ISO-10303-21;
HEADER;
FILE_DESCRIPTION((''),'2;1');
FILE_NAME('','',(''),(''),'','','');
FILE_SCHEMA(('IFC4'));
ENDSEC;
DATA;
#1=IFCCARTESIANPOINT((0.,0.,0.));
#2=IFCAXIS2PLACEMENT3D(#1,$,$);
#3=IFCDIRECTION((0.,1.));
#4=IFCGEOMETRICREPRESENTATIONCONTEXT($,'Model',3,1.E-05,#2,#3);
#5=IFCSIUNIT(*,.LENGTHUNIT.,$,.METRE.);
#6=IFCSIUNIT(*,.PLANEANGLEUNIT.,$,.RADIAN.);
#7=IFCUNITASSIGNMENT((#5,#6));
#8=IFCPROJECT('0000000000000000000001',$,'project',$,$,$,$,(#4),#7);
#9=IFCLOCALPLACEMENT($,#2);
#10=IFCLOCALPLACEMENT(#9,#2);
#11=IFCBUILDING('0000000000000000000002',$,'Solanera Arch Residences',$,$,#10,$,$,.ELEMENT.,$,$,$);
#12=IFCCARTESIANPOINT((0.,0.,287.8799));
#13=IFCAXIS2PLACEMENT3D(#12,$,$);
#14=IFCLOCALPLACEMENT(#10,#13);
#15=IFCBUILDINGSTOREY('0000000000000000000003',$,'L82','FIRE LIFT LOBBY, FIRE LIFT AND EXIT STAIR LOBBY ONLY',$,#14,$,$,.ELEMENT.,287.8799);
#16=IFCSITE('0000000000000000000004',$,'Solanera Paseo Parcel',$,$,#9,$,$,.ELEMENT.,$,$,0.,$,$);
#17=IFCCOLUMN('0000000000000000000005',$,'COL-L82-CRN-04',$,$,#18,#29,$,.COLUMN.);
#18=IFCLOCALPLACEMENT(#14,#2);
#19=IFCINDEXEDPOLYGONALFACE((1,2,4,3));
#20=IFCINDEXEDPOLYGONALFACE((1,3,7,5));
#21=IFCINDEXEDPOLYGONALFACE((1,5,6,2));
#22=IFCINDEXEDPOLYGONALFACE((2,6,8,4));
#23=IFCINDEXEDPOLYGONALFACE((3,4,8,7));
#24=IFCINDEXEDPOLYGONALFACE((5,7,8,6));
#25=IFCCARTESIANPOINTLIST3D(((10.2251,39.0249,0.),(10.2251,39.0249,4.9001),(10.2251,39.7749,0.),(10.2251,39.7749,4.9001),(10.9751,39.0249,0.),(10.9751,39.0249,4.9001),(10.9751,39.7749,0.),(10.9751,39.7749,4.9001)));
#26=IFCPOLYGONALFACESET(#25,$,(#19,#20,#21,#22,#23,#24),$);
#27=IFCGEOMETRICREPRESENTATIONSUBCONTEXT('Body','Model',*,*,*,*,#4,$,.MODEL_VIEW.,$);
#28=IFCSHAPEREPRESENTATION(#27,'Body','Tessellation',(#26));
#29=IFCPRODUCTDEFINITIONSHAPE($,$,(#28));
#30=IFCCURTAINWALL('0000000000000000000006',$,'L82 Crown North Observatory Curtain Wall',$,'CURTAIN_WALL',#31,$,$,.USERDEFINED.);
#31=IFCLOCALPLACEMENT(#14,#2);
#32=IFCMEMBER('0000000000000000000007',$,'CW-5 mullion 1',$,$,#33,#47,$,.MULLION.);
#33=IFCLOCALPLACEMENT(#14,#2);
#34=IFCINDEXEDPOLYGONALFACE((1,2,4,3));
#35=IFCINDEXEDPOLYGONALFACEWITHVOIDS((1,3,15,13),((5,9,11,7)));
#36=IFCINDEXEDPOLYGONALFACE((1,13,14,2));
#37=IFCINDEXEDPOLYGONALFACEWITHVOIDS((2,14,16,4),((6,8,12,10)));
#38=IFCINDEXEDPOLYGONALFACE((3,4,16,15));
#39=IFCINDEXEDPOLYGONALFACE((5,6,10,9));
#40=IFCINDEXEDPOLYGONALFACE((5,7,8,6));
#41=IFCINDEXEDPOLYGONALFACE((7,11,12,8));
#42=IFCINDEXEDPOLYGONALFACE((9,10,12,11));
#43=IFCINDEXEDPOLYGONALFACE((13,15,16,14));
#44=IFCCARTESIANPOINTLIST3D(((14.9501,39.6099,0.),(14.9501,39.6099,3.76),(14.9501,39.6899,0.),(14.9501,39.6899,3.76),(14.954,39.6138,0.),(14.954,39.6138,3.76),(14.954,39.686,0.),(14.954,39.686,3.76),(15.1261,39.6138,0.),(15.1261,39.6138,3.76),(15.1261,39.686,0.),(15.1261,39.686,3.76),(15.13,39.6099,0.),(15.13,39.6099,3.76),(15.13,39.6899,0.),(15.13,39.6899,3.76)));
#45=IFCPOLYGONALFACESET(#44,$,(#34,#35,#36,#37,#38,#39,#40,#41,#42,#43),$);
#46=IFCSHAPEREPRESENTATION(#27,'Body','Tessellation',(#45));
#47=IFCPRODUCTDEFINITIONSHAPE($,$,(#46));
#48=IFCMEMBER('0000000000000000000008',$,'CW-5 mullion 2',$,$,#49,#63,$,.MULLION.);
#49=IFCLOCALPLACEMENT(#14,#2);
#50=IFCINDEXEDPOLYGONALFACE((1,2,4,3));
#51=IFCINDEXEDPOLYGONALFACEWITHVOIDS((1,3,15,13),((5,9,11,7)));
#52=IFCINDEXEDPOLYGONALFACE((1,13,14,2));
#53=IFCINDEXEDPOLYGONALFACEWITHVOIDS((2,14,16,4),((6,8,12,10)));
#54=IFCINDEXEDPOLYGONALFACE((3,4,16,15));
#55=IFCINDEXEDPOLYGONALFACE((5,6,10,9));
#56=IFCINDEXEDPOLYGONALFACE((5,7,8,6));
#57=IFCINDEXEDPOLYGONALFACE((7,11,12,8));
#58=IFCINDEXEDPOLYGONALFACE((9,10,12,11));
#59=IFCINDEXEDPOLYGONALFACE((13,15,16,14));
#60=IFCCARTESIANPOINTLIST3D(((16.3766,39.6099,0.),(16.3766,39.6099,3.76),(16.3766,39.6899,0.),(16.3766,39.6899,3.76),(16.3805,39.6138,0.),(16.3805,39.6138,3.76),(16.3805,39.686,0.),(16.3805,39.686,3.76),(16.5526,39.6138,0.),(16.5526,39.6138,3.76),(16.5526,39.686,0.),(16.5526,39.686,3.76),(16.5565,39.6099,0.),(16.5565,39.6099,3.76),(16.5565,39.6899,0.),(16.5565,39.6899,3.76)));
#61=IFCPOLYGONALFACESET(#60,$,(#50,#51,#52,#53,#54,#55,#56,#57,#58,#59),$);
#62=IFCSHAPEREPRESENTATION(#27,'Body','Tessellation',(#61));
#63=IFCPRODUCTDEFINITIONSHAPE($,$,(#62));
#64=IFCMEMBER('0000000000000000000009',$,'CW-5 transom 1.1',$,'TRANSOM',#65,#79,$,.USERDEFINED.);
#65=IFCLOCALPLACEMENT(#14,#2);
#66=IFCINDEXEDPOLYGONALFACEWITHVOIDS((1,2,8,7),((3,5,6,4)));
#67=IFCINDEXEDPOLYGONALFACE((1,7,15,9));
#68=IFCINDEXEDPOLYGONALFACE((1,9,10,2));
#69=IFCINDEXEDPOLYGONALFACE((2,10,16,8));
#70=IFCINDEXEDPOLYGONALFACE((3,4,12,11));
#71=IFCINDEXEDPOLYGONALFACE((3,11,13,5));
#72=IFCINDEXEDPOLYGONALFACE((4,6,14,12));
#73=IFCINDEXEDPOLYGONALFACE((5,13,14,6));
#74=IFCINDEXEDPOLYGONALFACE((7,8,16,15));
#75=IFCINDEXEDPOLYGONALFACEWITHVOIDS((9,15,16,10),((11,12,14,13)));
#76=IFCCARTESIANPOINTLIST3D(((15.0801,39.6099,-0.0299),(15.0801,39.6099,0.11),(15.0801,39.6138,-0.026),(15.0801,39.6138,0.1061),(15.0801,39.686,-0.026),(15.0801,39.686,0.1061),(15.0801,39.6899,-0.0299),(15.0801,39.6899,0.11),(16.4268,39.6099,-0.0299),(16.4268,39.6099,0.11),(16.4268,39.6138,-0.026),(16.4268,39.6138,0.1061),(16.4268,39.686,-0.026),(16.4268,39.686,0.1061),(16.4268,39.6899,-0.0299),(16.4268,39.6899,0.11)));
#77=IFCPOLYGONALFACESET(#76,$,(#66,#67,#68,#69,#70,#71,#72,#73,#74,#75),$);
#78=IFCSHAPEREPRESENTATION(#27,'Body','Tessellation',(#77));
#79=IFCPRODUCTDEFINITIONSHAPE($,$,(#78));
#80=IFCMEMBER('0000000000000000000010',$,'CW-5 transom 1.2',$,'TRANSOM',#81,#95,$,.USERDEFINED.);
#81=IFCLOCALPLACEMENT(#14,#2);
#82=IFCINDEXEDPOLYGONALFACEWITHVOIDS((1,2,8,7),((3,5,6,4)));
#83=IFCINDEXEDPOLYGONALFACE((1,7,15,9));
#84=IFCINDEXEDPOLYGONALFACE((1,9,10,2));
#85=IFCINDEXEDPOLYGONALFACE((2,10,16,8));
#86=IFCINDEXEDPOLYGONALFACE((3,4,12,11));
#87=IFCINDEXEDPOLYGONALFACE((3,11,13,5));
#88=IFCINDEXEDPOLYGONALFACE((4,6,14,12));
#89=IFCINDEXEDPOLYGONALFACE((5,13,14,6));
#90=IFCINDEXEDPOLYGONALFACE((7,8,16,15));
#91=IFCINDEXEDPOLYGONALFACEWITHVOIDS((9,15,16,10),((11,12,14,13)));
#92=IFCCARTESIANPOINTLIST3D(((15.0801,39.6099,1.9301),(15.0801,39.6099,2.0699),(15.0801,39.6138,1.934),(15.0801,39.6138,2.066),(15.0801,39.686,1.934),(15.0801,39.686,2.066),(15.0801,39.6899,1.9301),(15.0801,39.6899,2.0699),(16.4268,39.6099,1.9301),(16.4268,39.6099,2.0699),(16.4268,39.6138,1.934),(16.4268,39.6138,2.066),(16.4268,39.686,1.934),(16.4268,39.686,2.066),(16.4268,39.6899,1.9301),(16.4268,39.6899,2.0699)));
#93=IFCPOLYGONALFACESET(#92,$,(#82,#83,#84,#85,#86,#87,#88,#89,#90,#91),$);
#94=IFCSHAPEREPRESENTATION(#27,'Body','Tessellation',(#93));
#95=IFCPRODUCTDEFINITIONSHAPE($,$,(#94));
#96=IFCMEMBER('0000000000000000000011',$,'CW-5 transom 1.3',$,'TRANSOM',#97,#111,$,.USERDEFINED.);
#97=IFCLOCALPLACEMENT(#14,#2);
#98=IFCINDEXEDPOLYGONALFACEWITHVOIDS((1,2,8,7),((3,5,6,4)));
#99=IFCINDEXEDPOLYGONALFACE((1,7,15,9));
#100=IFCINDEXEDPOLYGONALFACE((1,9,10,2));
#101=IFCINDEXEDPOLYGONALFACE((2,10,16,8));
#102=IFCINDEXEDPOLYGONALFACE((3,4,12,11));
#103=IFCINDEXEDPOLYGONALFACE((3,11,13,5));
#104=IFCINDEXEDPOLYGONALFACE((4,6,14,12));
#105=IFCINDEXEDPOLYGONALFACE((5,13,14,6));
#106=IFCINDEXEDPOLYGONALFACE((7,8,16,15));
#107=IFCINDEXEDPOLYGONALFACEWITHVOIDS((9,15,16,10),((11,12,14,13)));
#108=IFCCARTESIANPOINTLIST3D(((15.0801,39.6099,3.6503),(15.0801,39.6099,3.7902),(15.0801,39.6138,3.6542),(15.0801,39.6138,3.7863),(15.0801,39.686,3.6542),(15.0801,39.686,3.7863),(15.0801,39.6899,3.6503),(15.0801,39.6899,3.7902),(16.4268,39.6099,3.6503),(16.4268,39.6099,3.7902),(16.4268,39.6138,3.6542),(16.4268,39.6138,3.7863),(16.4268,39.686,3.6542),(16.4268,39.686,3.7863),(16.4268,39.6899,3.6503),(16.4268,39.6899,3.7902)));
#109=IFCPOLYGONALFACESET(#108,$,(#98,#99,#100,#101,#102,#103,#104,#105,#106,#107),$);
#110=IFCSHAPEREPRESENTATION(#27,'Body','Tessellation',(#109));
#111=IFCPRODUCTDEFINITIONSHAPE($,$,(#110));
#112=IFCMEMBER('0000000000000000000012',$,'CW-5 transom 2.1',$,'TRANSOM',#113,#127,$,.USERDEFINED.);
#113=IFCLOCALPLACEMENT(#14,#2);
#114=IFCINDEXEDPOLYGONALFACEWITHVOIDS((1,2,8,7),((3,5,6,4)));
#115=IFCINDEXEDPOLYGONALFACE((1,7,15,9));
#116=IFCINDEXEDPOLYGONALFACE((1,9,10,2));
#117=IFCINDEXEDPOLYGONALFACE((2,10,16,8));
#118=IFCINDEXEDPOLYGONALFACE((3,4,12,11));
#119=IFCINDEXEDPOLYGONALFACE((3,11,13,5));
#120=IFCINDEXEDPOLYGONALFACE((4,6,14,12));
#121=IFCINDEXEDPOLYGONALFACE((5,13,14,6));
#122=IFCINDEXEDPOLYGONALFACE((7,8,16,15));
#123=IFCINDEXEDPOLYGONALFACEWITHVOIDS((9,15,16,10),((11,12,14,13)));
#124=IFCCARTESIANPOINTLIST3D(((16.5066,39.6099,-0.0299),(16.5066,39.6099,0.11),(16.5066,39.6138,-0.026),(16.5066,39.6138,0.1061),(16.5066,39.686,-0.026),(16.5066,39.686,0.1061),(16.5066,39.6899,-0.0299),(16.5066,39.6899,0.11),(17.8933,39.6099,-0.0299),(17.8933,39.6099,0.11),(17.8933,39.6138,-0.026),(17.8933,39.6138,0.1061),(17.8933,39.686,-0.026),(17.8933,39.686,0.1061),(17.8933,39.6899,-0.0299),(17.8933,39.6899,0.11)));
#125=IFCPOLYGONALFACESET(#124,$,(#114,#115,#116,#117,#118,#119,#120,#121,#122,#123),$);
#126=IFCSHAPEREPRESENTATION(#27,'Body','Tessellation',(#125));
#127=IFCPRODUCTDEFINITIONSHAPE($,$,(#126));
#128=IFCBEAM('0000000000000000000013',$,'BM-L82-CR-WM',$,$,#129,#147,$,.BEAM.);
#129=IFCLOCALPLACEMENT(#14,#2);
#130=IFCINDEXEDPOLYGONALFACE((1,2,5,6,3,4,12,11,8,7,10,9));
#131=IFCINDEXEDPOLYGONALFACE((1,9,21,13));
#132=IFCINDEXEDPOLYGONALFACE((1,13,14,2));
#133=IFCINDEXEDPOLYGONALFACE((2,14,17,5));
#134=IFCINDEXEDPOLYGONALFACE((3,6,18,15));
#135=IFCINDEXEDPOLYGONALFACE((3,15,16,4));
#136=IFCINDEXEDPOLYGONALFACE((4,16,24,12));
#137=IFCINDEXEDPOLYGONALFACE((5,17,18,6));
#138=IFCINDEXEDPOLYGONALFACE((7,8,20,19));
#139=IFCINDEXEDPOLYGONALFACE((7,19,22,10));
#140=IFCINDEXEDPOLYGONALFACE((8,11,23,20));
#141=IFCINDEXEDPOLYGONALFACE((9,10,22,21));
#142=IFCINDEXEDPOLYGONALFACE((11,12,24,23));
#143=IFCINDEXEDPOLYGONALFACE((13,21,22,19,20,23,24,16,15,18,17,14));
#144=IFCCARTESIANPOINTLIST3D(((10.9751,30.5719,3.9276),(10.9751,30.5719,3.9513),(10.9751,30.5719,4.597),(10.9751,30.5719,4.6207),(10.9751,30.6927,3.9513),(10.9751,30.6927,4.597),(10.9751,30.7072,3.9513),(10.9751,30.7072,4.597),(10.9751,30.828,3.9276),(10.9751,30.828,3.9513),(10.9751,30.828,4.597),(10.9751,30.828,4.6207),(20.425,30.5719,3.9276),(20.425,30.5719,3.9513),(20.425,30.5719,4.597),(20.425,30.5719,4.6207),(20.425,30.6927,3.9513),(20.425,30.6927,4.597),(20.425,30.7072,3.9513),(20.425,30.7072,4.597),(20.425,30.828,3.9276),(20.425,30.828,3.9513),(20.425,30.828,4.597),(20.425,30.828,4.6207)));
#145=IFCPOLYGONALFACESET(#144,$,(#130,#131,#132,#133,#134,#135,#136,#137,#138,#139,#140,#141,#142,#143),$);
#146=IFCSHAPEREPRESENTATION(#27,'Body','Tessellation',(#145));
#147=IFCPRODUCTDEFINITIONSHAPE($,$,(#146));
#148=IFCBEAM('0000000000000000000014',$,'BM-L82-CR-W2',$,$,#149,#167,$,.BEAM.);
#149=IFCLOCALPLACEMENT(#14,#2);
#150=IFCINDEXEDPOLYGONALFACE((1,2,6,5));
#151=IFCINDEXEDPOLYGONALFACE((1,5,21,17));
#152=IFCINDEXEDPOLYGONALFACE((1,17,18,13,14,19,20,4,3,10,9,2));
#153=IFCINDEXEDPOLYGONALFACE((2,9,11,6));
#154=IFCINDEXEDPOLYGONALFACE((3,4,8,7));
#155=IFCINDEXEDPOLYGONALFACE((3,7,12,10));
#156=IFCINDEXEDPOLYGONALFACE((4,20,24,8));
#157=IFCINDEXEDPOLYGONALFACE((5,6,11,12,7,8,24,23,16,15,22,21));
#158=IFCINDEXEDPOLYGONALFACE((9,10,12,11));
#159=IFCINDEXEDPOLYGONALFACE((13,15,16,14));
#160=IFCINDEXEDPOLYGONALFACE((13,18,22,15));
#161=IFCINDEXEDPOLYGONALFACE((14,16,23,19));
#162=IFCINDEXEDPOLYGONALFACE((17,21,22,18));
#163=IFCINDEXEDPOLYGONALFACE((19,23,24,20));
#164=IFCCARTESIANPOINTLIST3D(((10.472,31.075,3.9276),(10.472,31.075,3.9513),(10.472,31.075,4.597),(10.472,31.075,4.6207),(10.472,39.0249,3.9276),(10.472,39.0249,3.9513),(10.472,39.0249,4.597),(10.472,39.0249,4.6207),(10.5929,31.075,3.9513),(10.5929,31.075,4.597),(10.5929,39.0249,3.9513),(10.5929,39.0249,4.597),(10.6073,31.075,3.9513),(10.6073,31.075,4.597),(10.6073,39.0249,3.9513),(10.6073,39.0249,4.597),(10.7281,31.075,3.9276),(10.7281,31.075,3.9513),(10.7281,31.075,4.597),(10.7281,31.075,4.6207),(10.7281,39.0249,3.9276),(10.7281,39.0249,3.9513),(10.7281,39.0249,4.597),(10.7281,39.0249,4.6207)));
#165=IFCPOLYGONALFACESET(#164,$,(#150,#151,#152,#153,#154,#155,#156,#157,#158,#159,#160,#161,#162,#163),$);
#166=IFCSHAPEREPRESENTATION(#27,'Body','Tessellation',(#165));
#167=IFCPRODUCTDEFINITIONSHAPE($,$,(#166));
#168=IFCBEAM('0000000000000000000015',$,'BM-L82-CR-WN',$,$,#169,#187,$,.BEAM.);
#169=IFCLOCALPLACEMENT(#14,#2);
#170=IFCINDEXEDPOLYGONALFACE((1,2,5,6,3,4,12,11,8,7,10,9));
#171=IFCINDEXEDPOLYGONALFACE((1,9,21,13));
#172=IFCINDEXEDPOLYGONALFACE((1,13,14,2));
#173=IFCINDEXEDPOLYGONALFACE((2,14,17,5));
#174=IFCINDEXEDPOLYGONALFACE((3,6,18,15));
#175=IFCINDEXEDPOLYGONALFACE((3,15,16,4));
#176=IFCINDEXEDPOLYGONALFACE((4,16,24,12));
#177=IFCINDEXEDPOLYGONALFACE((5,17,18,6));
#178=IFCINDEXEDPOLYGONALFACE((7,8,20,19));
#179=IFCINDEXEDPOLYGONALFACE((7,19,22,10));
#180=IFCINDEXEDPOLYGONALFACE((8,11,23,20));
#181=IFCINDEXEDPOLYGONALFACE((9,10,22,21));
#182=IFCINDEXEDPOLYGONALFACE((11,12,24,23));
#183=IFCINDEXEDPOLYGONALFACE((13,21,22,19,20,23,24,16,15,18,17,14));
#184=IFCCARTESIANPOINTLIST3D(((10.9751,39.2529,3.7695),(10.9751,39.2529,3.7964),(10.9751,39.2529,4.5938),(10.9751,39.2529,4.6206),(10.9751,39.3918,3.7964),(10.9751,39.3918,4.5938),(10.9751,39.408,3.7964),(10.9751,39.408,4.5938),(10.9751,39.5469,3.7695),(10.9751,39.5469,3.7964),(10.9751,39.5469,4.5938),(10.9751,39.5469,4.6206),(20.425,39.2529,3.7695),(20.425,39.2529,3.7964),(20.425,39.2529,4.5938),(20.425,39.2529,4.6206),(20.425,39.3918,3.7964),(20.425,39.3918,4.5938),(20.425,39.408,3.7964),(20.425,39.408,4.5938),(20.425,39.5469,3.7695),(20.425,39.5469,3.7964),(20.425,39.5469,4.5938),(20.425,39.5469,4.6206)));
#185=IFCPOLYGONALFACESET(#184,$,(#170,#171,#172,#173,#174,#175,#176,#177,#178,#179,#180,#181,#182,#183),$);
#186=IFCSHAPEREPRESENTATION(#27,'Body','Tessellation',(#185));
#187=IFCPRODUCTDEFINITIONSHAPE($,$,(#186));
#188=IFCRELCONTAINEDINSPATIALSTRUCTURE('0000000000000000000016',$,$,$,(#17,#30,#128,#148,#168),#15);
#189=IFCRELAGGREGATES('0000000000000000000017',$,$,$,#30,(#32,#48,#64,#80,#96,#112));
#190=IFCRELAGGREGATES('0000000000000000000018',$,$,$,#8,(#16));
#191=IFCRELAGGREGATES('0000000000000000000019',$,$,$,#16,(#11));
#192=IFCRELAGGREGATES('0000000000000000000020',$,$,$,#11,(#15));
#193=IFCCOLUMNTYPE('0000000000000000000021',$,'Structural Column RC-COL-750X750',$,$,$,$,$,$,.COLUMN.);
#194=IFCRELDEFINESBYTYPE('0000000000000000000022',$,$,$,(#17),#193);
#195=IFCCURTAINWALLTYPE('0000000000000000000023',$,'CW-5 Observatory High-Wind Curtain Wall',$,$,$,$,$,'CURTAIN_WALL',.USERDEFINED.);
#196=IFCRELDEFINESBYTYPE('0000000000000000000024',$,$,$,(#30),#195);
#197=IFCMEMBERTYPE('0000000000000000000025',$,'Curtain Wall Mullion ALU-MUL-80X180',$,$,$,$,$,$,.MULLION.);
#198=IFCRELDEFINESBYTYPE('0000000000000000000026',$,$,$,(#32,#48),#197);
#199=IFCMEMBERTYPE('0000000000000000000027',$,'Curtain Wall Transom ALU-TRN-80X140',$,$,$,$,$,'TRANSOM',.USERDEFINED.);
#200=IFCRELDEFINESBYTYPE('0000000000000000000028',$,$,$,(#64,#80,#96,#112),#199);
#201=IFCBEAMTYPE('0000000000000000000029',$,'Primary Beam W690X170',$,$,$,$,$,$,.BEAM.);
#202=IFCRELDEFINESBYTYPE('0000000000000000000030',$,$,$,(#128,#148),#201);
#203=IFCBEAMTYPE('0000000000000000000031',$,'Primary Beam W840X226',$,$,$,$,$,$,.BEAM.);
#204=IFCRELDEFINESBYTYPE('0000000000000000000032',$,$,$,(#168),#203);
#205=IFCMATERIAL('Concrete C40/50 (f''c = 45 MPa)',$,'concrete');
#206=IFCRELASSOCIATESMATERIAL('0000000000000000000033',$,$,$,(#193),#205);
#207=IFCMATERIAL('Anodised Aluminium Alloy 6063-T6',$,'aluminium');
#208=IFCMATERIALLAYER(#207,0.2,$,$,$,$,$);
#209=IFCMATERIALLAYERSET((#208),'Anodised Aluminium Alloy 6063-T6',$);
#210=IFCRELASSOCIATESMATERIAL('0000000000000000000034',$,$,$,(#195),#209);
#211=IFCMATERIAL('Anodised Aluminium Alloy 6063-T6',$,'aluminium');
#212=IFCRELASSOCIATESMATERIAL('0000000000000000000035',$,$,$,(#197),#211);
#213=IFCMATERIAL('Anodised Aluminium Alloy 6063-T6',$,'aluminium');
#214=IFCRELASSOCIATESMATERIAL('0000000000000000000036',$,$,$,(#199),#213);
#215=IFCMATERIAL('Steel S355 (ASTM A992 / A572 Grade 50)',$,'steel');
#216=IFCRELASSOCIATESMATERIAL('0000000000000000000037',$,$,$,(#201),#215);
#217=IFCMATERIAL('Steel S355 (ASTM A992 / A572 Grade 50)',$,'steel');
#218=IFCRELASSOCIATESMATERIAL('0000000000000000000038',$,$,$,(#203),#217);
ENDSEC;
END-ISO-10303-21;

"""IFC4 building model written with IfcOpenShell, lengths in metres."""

from ifc_helpers import new_model, si_unit, direction, frame, origin, origin_2d, place, context, subcontext, project, spatial, rectangle, hollow_rectangle, i_section, extrude, material, layer, layer_set, material_profile, profile_set, type_object, element, aggregate, save


model = new_model("IFC4")

# Units and contexts
model_context = context("Model", 3, precision=1e-05, world=origin(), true_north=direction((0.0, 1.0)))
body_context = subcontext(model_context, "Body", "Model", "MODEL_VIEW")
ifc_project = project(units=[si_unit("LENGTHUNIT", "METRE"), si_unit("PLANEANGLEUNIT", "RADIAN")], contexts=[model_context])

# Site, building, storey
site_placement = place(None, origin())
site = spatial("IfcSite", under=ifc_project, at=site_placement, Name="Solanera Paseo Parcel", CompositionType="ELEMENT", RefElevation=0.0)
building_placement = place(site_placement, origin())
building = spatial("IfcBuilding", under=site, at=building_placement, Name="Solanera Arch Residences", CompositionType="ELEMENT")
storey_placement = place(building_placement, frame((0.0, 0.0, 287.8799)))
storey = spatial("IfcBuildingStorey", under=building, at=storey_placement, Name="L82", Description="FIRE LIFT LOBBY, FIRE LIFT AND EXIT STAIR LOBBY ONLY", CompositionType="ELEMENT", Elevation=287.8799)

# Column
ifc_material_1 = material(Name="Concrete C40/50 (f'c = 45 MPa)", Category="concrete")
ifc_material_profile_1 = material_profile(ifc_material_1, rectangle(XDim=0.75, YDim=0.75, at=origin_2d()))
ifc_profile_set_1 = profile_set([ifc_material_profile_1], Name="Concrete C40/50 (f'c = 45 MPa)")
column_type = type_object("IfcColumnType", Name="Structural Column RC-COL-750X750", PredefinedType="COLUMN", material=ifc_profile_set_1)
column_placement = place(storey_placement, frame((10.6001, 39.3999, 0.0), z_axis=(0.0, 0.0, 1.0), x_axis=(1.0, 0.0, 0.0)))
element("IfcColumn", 1, at=column_placement, inside=storey, type_object=column_type, Name="COL-L82-CRN-04", PredefinedType="COLUMN", context=body_context, shape_type="SweptSolid", body=[
    extrude(rectangle(XDim=0.75, YDim=0.75, at=origin_2d()), origin(), (0.0, 0.0, 1.0), 4.9001),
])

# Curtain wall, members
ifc_material_2 = material(Name="Anodised Aluminium Alloy 6063-T6", Category="aluminium")
ifc_layer_1 = layer(ifc_material_2, 0.2)
ifc_layer_set_1 = layer_set([ifc_layer_1], Name="Anodised Aluminium Alloy 6063-T6")
curtain_wall_type = type_object("IfcCurtainWallType", Name="CW-5 Observatory High-Wind Curtain Wall", ElementType="CURTAIN_WALL", PredefinedType="USERDEFINED", material=ifc_layer_set_1)
curtain_wall_placement = place(storey_placement, origin())
curtain_wall = element("IfcCurtainWall", 2, at=curtain_wall_placement, inside=storey, type_object=curtain_wall_type, Name="L82 Crown North Observatory Curtain Wall", ObjectType="CURTAIN_WALL", PredefinedType="USERDEFINED")
ifc_material_3 = material(Name="Anodised Aluminium Alloy 6063-T6", Category="aluminium")
ifc_material_profile_2 = material_profile(ifc_material_3, hollow_rectangle(XDim=0.0801, YDim=0.1799, WallThickness=0.0039, at=origin_2d()))
ifc_profile_set_2 = profile_set([ifc_material_profile_2], Name="Anodised Aluminium Alloy 6063-T6")
member_type_1 = type_object("IfcMemberType", Name="Curtain Wall Mullion ALU-MUL-80X180", PredefinedType="MULLION", material=ifc_profile_set_2)
member_1_placement = place(storey_placement, frame((15.04, 39.6499, 0.0), z_axis=(0.0, 0.0, 1.0), x_axis=(0.0, 1.0, 0.0)))
member_1 = element("IfcMember", 3, at=member_1_placement, type_object=member_type_1, Name="CW-5 mullion 1", PredefinedType="MULLION", context=body_context, shape_type="SweptSolid", body=[
    extrude(hollow_rectangle(XDim=0.0801, YDim=0.1799, WallThickness=0.0039, at=origin_2d()), origin(), (0.0, 0.0, 1.0), 3.76),
])
member_2_placement = place(storey_placement, frame((16.4666, 39.6499, 0.0), z_axis=(0.0, 0.0, 1.0), x_axis=(0.0, 1.0, 0.0)))
member_2 = element("IfcMember", 4, at=member_2_placement, type_object=member_type_1, Name="CW-5 mullion 2", PredefinedType="MULLION", context=body_context, shape_type="SweptSolid", body=[
    extrude(hollow_rectangle(XDim=0.0801, YDim=0.1799, WallThickness=0.0039, at=origin_2d()), origin(), (0.0, 0.0, 1.0), 3.76),
])
ifc_material_4 = material(Name="Anodised Aluminium Alloy 6063-T6", Category="aluminium")
ifc_material_profile_3 = material_profile(ifc_material_4, hollow_rectangle(XDim=0.0801, YDim=0.1399, WallThickness=0.0039, at=origin_2d()))
ifc_profile_set_3 = profile_set([ifc_material_profile_3], Name="Anodised Aluminium Alloy 6063-T6")
member_type_2 = type_object("IfcMemberType", Name="Curtain Wall Transom ALU-TRN-80X140", ElementType="TRANSOM", PredefinedType="USERDEFINED", material=ifc_profile_set_3)
member_3_placement = place(storey_placement, frame((15.0801, 39.6499, 0.04), z_axis=(1.0, 0.0, 0.0), x_axis=(0.0, 1.0, 0.0)))
member_3 = element("IfcMember", 5, at=member_3_placement, type_object=member_type_2, Name="CW-5 transom 1.1", ObjectType="TRANSOM", PredefinedType="USERDEFINED", context=body_context, shape_type="SweptSolid", body=[
    extrude(hollow_rectangle(XDim=0.0801, YDim=0.1399, WallThickness=0.0039, at=origin_2d()), origin(), (0.0, 0.0, 1.0), 1.3467),
])
member_4_placement = place(storey_placement, frame((15.0801, 39.6499, 2.0), z_axis=(1.0, 0.0, 0.0), x_axis=(0.0, 1.0, 0.0)))
member_4 = element("IfcMember", 6, at=member_4_placement, type_object=member_type_2, Name="CW-5 transom 1.2", ObjectType="TRANSOM", PredefinedType="USERDEFINED", context=body_context, shape_type="SweptSolid", body=[
    extrude(hollow_rectangle(XDim=0.0801, YDim=0.1399, WallThickness=0.0039, at=origin_2d()), origin(), (0.0, 0.0, 1.0), 1.3467),
])
member_5_placement = place(storey_placement, frame((15.0801, 39.6499, 3.7202), z_axis=(1.0, 0.0, 0.0), x_axis=(0.0, 1.0, 0.0)))
member_5 = element("IfcMember", 7, at=member_5_placement, type_object=member_type_2, Name="CW-5 transom 1.3", ObjectType="TRANSOM", PredefinedType="USERDEFINED", context=body_context, shape_type="SweptSolid", body=[
    extrude(hollow_rectangle(XDim=0.0801, YDim=0.1399, WallThickness=0.0039, at=origin_2d()), origin(), (0.0, 0.0, 1.0), 1.3467),
])
member_6_placement = place(storey_placement, frame((16.5066, 39.6499, 0.04), z_axis=(1.0, 0.0, 0.0), x_axis=(0.0, 1.0, 0.0)))
member_6 = element("IfcMember", 8, at=member_6_placement, type_object=member_type_2, Name="CW-5 transom 2.1", ObjectType="TRANSOM", PredefinedType="USERDEFINED", context=body_context, shape_type="SweptSolid", body=[
    extrude(hollow_rectangle(XDim=0.0801, YDim=0.1399, WallThickness=0.0039, at=origin_2d()), origin(), (0.0, 0.0, 1.0), 1.3867),
])

# Beams
ifc_material_5 = material(Name="Steel S355 (ASTM A992 / A572 Grade 50)", Category="steel")
ifc_material_profile_4 = material_profile(ifc_material_5, i_section(OverallWidth=0.2561, OverallDepth=0.6931, WebThickness=0.0144, FlangeThickness=0.0237, at=origin_2d()))
ifc_profile_set_4 = profile_set([ifc_material_profile_4], Name="Steel S355 (ASTM A992 / A572 Grade 50)")
beam_type_1 = type_object("IfcBeamType", Name="Primary Beam W690X170", PredefinedType="BEAM", material=ifc_profile_set_4)
beam_1_placement = place(storey_placement, frame((10.9751, 30.7, 4.2742), z_axis=(1.0, 0.0, 0.0), x_axis=(0.0, 1.0, 0.0)))
element("IfcBeam", 9, at=beam_1_placement, inside=storey, type_object=beam_type_1, Name="BM-L82-CR-WM", PredefinedType="BEAM", context=body_context, shape_type="SweptSolid", body=[
    extrude(i_section(OverallWidth=0.2561, OverallDepth=0.6931, WebThickness=0.0144, FlangeThickness=0.0237, at=origin_2d()), origin(), (0.0, 0.0, 1.0), 9.45),
])
beam_2_placement = place(storey_placement, frame((10.6001, 31.075, 4.2742), z_axis=(0.0, 1.0, 0.0), x_axis=(-1.0, 0.0, 0.0)))
element("IfcBeam", 10, at=beam_2_placement, inside=storey, type_object=beam_type_1, Name="BM-L82-CR-W2", PredefinedType="BEAM", context=body_context, shape_type="SweptSolid", body=[
    extrude(i_section(OverallWidth=0.2561, OverallDepth=0.6931, WebThickness=0.0144, FlangeThickness=0.0237, at=origin_2d()), origin(), (0.0, 0.0, 1.0), 7.95),
])
ifc_material_6 = material(Name="Steel S355 (ASTM A992 / A572 Grade 50)", Category="steel")
ifc_material_profile_5 = material_profile(ifc_material_6, i_section(OverallWidth=0.2939, OverallDepth=0.8511, WebThickness=0.0161, FlangeThickness=0.0269, at=origin_2d()))
ifc_profile_set_5 = profile_set([ifc_material_profile_5], Name="Steel S355 (ASTM A992 / A572 Grade 50)")
beam_type_2 = type_object("IfcBeamType", Name="Primary Beam W840X226", PredefinedType="BEAM", material=ifc_profile_set_5)
beam_3_placement = place(storey_placement, frame((10.9751, 39.3999, 4.1951), z_axis=(1.0, 0.0, 0.0), x_axis=(0.0, 1.0, 0.0)))
element("IfcBeam", 11, at=beam_3_placement, inside=storey, type_object=beam_type_2, Name="BM-L82-CR-WN", PredefinedType="BEAM", context=body_context, shape_type="SweptSolid", body=[
    extrude(i_section(OverallWidth=0.2939, OverallDepth=0.8511, WebThickness=0.0161, FlangeThickness=0.0269, at=origin_2d()), origin(), (0.0, 0.0, 1.0), 9.45),
])

aggregate(curtain_wall, [member_1, member_2, member_3, member_4, member_5, member_6])

save(model, "model.ifc")
